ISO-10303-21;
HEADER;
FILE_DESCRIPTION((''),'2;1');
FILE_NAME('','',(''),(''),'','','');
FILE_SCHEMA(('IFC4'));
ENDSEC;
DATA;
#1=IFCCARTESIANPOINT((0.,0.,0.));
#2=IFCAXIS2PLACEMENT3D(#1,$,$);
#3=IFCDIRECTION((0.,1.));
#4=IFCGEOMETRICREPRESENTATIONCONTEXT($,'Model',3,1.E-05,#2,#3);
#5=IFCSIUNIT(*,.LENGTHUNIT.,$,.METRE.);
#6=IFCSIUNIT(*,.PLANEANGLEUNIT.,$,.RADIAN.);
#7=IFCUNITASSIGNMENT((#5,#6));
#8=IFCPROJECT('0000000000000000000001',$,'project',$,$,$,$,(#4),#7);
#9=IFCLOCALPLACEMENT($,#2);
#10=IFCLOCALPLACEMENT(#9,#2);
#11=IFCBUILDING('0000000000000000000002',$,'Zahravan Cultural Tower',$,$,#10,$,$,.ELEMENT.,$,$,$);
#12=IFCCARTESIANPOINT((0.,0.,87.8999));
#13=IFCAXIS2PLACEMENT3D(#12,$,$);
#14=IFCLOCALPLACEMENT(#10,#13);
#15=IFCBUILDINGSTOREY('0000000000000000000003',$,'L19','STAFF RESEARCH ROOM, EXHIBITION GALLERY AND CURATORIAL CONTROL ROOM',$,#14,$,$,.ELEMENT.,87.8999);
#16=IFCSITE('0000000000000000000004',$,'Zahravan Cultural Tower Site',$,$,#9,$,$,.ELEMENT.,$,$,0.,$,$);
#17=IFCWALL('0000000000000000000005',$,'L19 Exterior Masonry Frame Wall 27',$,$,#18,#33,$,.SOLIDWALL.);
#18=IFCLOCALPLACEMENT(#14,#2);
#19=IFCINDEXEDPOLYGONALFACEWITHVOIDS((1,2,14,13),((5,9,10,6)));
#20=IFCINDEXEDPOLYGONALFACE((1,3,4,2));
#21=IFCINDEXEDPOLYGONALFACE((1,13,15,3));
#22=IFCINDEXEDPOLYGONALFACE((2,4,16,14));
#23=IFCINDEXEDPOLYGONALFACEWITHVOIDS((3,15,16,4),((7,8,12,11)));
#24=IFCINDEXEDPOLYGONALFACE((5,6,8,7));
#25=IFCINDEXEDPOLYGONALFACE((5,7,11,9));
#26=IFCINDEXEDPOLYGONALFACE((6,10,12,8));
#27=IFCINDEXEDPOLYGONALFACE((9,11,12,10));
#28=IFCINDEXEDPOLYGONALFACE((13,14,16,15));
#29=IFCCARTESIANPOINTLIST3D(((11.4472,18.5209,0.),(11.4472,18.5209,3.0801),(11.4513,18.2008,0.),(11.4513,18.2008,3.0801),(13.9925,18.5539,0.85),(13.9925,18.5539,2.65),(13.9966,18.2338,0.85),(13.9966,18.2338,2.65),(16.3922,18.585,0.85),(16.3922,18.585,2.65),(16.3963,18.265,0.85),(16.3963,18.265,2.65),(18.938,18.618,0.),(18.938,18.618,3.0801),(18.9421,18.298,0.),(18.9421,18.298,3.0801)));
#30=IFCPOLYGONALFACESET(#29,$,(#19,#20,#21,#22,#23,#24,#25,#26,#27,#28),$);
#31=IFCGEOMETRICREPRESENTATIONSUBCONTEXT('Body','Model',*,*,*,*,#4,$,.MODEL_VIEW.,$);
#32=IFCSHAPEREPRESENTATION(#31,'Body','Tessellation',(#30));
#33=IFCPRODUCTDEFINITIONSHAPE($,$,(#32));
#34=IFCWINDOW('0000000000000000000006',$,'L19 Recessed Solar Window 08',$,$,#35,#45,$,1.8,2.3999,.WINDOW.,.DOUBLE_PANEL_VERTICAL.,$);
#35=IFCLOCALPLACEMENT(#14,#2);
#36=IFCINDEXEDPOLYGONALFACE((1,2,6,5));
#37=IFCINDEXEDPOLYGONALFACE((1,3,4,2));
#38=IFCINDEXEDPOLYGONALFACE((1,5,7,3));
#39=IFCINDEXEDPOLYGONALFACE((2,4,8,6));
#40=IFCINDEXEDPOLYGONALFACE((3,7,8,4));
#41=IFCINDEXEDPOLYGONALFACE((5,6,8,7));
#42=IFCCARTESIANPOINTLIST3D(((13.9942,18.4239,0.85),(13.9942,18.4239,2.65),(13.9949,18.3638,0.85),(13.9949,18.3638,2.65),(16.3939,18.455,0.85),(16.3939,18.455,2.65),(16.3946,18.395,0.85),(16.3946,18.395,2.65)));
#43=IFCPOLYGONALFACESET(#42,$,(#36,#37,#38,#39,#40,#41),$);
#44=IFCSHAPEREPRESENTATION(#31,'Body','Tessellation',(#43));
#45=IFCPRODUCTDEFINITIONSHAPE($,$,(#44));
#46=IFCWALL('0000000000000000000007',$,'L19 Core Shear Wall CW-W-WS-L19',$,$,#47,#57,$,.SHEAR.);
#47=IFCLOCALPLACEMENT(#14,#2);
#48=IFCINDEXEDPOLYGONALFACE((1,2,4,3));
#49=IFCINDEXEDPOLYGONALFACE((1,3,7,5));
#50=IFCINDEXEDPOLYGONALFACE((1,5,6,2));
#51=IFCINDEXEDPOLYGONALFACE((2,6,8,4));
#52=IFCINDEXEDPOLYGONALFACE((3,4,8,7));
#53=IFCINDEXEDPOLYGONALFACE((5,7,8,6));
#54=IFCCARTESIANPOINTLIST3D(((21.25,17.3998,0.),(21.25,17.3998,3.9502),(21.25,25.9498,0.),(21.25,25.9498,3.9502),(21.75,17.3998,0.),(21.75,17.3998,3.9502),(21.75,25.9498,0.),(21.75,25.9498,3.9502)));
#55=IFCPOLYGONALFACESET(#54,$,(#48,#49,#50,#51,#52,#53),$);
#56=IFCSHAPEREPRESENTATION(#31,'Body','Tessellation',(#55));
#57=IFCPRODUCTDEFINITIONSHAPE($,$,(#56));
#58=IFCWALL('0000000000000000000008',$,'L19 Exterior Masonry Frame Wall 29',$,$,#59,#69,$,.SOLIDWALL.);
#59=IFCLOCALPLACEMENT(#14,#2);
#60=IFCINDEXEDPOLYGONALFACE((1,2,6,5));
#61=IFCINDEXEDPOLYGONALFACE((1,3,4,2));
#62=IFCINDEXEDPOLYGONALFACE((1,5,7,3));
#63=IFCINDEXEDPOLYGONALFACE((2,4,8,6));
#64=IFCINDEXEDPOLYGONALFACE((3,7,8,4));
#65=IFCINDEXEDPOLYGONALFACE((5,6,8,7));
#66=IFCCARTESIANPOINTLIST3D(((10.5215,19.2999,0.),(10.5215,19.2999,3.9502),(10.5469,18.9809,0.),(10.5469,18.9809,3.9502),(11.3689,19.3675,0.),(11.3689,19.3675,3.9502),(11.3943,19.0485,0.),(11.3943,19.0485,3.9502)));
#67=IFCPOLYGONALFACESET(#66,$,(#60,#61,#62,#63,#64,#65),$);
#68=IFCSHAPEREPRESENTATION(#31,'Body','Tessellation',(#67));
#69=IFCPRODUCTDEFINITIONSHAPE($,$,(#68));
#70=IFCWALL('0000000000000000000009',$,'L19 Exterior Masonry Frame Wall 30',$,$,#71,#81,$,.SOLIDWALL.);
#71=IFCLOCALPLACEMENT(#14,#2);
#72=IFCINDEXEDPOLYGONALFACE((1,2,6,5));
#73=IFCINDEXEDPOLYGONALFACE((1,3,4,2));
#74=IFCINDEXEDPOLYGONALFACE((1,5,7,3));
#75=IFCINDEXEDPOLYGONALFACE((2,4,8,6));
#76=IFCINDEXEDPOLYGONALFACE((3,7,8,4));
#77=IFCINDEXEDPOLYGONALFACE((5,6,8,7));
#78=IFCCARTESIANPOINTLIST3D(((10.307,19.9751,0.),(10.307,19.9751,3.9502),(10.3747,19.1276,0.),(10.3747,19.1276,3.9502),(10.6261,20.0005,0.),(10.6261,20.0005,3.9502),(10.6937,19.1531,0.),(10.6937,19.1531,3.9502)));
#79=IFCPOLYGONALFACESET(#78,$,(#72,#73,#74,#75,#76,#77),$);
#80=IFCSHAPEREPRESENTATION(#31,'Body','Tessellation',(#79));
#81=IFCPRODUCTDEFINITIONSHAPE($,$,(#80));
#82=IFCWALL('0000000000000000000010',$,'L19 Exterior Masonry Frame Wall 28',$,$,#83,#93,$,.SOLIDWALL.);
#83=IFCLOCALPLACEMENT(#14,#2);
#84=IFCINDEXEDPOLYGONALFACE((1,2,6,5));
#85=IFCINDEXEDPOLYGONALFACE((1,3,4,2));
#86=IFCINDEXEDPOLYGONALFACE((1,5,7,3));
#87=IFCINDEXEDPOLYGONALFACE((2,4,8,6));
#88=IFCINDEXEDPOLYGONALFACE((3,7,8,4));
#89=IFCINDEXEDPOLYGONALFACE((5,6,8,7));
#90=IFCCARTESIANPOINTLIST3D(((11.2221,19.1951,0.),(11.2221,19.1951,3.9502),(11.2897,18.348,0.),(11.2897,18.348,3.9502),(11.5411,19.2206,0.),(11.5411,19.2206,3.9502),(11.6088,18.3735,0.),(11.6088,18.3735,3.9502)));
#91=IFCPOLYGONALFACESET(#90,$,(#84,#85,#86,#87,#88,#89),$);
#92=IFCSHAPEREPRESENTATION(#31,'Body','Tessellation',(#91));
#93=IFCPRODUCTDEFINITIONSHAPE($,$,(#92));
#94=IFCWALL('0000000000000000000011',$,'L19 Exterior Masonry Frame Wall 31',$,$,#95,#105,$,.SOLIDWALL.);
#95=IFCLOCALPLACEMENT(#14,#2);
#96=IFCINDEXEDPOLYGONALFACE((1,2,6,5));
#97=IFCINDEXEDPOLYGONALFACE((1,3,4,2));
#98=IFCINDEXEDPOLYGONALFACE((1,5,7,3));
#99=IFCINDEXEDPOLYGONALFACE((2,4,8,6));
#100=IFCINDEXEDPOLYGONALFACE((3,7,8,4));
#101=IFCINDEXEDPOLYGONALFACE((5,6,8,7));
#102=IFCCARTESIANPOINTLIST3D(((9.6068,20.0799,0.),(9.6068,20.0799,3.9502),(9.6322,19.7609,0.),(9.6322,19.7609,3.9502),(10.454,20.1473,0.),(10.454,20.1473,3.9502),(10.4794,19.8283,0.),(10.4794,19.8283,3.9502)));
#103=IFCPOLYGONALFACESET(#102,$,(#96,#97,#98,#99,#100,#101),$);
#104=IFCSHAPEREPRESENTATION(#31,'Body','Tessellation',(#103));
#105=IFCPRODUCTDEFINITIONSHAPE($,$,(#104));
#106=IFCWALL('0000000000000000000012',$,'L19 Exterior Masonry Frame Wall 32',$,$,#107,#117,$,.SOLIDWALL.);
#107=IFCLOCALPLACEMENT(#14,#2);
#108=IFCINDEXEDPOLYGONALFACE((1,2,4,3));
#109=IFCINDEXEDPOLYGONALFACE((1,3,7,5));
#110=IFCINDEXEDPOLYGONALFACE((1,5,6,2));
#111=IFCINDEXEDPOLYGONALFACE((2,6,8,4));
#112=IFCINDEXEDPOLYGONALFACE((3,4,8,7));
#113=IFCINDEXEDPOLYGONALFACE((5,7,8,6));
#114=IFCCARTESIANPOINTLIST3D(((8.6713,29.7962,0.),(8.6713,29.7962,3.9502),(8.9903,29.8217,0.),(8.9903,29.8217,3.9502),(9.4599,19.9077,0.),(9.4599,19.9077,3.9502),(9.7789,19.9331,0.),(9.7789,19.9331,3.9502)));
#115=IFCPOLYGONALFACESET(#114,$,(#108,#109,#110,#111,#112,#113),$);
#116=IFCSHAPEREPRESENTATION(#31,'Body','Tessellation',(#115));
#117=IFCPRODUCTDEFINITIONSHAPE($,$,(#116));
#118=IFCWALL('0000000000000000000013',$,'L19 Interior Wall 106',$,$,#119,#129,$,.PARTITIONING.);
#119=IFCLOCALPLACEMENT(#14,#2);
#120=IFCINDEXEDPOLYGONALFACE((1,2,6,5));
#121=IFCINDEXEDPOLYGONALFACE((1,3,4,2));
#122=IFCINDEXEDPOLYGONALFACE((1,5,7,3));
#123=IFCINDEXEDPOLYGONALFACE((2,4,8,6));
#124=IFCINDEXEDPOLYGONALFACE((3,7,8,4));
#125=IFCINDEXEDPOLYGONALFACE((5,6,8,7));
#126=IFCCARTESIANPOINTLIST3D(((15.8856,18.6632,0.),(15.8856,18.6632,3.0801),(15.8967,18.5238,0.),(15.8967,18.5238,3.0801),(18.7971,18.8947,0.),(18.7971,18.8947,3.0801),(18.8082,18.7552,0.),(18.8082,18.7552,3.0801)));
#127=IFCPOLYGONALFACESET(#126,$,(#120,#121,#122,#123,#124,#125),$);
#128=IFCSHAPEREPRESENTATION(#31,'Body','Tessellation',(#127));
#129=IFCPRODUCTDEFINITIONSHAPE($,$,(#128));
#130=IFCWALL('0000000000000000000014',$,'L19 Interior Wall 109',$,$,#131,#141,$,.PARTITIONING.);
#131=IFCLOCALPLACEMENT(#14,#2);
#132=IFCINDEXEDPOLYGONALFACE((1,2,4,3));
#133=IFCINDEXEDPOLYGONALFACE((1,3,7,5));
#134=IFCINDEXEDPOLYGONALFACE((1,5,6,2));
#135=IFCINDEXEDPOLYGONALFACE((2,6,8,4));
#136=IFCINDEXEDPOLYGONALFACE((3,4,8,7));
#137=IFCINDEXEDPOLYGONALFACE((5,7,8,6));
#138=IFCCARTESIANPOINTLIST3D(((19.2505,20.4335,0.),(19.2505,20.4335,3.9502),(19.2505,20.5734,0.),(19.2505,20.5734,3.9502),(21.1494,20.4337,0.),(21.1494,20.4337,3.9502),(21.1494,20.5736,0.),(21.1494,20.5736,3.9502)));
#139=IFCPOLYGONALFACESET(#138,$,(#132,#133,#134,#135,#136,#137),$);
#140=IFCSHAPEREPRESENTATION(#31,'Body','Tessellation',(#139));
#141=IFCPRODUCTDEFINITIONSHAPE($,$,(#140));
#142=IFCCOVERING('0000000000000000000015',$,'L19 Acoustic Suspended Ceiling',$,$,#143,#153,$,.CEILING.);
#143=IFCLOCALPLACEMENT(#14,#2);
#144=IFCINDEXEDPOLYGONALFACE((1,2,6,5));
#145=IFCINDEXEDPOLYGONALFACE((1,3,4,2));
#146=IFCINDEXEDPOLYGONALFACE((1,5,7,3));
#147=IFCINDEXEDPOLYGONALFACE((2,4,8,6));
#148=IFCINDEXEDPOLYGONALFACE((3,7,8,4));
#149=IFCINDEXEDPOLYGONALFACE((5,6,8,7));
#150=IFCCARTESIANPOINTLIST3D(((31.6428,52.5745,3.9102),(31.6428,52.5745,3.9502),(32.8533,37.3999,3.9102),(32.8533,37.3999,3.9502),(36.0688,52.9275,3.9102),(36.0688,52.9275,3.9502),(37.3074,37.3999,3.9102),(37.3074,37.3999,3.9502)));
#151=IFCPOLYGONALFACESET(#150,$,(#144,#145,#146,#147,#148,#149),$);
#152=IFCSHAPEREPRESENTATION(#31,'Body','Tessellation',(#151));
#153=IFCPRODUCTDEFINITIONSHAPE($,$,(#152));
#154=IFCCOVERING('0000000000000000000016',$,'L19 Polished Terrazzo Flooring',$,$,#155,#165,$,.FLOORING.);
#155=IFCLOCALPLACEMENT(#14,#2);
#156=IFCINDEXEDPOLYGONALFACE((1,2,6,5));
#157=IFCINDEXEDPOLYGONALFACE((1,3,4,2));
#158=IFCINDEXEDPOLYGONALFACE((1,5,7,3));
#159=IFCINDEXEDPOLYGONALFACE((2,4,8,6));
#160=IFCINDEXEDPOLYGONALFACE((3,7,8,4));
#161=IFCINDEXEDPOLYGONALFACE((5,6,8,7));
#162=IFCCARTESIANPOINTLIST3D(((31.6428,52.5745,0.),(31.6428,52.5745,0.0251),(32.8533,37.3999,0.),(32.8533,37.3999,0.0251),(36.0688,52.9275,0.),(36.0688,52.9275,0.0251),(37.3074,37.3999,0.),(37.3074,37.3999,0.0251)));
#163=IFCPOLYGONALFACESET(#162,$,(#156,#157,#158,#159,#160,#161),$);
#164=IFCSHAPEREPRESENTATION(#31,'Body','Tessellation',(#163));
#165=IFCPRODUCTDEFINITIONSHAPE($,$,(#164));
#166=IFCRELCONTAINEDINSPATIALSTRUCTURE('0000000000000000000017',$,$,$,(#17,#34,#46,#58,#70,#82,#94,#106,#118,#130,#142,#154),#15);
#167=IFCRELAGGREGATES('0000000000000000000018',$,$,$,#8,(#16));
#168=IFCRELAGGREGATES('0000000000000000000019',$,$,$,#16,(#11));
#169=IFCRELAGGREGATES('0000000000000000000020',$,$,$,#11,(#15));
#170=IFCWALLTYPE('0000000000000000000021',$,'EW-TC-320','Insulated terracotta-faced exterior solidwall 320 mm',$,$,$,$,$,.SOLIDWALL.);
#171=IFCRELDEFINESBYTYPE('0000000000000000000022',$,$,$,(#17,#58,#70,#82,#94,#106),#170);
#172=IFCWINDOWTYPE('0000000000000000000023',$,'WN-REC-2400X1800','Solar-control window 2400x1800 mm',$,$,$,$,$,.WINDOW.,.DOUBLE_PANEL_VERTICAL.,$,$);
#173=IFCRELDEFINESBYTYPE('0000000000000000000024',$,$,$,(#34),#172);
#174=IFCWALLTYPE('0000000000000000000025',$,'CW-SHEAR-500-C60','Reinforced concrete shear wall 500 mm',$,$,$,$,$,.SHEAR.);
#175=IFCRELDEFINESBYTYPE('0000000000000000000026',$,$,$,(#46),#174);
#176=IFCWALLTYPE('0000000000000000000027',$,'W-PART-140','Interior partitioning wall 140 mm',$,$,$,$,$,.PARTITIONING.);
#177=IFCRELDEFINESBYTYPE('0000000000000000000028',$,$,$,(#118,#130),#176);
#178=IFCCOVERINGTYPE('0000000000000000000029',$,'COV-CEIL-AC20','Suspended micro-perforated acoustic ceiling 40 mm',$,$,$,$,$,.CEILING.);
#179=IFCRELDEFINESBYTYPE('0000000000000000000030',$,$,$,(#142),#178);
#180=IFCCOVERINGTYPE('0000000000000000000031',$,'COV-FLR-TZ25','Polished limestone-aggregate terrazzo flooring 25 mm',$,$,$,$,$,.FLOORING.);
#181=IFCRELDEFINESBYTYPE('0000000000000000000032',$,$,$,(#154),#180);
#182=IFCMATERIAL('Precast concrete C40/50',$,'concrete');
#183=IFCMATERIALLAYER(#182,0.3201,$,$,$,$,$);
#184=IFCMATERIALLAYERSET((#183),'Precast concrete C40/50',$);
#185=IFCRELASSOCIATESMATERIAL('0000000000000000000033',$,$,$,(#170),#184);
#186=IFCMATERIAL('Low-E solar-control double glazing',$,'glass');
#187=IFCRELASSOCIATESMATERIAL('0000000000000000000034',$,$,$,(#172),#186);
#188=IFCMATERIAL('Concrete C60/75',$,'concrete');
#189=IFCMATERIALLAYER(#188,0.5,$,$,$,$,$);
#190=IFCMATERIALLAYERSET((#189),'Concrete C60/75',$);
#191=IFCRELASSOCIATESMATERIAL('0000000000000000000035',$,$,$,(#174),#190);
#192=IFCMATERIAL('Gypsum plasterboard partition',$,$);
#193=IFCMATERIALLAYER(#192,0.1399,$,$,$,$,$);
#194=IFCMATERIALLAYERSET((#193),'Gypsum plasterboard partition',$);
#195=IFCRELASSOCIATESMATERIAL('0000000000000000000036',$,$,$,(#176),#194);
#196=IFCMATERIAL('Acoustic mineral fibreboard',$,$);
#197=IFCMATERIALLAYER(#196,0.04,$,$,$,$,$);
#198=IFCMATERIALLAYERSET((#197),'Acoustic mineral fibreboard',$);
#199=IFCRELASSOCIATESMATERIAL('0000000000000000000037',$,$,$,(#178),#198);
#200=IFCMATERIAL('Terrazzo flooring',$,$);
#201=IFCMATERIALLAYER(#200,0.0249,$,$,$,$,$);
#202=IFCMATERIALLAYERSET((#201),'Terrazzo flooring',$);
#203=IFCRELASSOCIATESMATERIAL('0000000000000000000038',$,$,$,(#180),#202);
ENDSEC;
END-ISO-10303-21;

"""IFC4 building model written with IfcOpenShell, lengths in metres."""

from ifc_helpers import new_model, si_unit, direction, frame, frame_2d, origin, place, context, subcontext, project, spatial, polyline, rectangle, outline, extrude, source, transform, mapped, material, layer, layer_set, type_object, element, fill, save


model = new_model("IFC4")

# Units and contexts
model_context = context("Model", 3, precision=1e-05, world=origin(), true_north=direction((0.0, 1.0)))
body_context = subcontext(model_context, "Body", "Model", "MODEL_VIEW")
ifc_project = project(units=[si_unit("LENGTHUNIT", "METRE"), si_unit("PLANEANGLEUNIT", "RADIAN")], contexts=[model_context])

# Site, building, storey
site_placement = place(None, origin())
site = spatial("IfcSite", under=ifc_project, at=site_placement, Name="Zahravan Cultural Tower Site", CompositionType="ELEMENT", RefElevation=0.0)
building_placement = place(site_placement, origin())
building = spatial("IfcBuilding", under=site, at=building_placement, Name="Zahravan Cultural Tower", CompositionType="ELEMENT")
storey_placement = place(building_placement, frame((0.0, 0.0, 87.8999)))
storey = spatial("IfcBuildingStorey", under=building, at=storey_placement, Name="L19", Description="STAFF RESEARCH ROOM, EXHIBITION GALLERY AND CURATORIAL CONTROL ROOM", CompositionType="ELEMENT", Elevation=87.8999)

# Shared definitions
ifc_material_1 = material(Name="Concrete C60/75", Category="concrete")

# Wall, opening, window
ifc_material_2 = material(Name="Precast concrete C40/50", Category="concrete")
ifc_layer_1 = layer(ifc_material_2, 0.3201)
ifc_layer_set_1 = layer_set([ifc_layer_1], Name="Precast concrete C40/50")
wall_type_1 = type_object("IfcWallType", Name="EW-TC-320", Description="Insulated terracotta-faced exterior solidwall 320 mm", PredefinedType="SOLIDWALL", material=ifc_layer_set_1)
wall_1_placement = place(storey_placement, frame((18.9399, 18.458, 0.0), z_axis=(0.0, 0.0, 1.0), x_axis=(-0.999916, -0.012971, 0.0)))
wall_1 = element("IfcWall", 1, at=wall_1_placement, inside=storey, type_object=wall_type_1, Name="L19 Exterior Masonry Frame Wall 27", PredefinedType="SOLIDWALL", context=body_context, shape_type="SweptSolid", body=[
    extrude(rectangle(XDim=7.4915, YDim=0.3201, at=frame_2d((3.7456, 0.0))), origin(), (0.0, 0.0, 1.0), 3.0801),
])
opening_placement = place(wall_1_placement, frame((2.5459, 0.0, 0.8501)))
opening = element("IfcOpeningElement", 2, at=opening_placement, cuts=wall_1, PredefinedType="OPENING", context=body_context, shape_type="SweptSolid", body=[
    extrude(rectangle(XDim=2.3999, YDim=1.8, at=frame_2d((1.2, 0.8999))), frame((0.0, 0.1699, 0.0), z_axis=(0.0, -1.0, 0.0), x_axis=(1.0, 0.0, 0.0)), (0.0, 0.0, 1.0), 0.3401),
])
ifc_material_3 = material(Name="Low-E solar-control double glazing", Category="glass")
window_type = type_object("IfcWindowType", Name="WN-REC-2400X1800", Description="Solar-control window 2400x1800 mm", PartitioningType="DOUBLE_PANEL_VERTICAL", PredefinedType="WINDOW", material=ifc_material_3)
shared_shape_1 = source(origin(), body_context, "Body", "SweptSolid", [
    extrude(rectangle(XDim=2.3999, YDim=1.8, at=frame_2d((1.2, 0.8999))), frame((0.0, 0.03, 0.0), z_axis=(0.0, -1.0, 0.0), x_axis=(1.0, 0.0, 0.0)), (0.0, 0.0, 1.0), 0.0601),
])
window_placement = place(opening_placement, origin())
window = element("IfcWindow", 3, at=window_placement, inside=storey, type_object=window_type, Name="L19 Recessed Solar Window 08", OverallHeight=1.8, OverallWidth=2.3999, PartitioningType="DOUBLE_PANEL_VERTICAL", PredefinedType="WINDOW", context=body_context, shape_type="MappedRepresentation", body=[
    mapped(shared_shape_1, transform((0.0, 0.0, 0.0), x_axis=(1.0, 0.0, 0.0), y_axis=(0.0, 1.0, 0.0), z_axis=(0.0, 0.0, 1.0), scale=1.0)),
])
fill(opening, window)

# Walls
ifc_layer_2 = layer(ifc_material_1, 0.5)
ifc_layer_set_2 = layer_set([ifc_layer_2], Name="Concrete C60/75")
wall_type_2 = type_object("IfcWallType", Name="CW-SHEAR-500-C60", Description="Reinforced concrete shear wall 500 mm", PredefinedType="SHEAR", material=ifc_layer_set_2)
shared_shape_2 = source(origin(), body_context, "Body", "SweptSolid", [
    extrude(rectangle(XDim=8.55, YDim=0.5, at=frame_2d((4.2749, 0.0))), origin(), (0.0, 0.0, 1.0), 3.9502),
])
wall_2_placement = place(storey_placement, frame((21.5, 17.3999, 0.0), z_axis=(0.0, 0.0, 1.0), x_axis=(0.0, 1.0, 0.0)))
element("IfcWall", 4, at=wall_2_placement, inside=storey, type_object=wall_type_2, Name="L19 Core Shear Wall CW-W-WS-L19", PredefinedType="SHEAR", context=body_context, shape_type="MappedRepresentation", body=[
    mapped(shared_shape_2, transform((0.0, 0.0, 0.0), x_axis=(1.0, 0.0, 0.0), y_axis=(0.0, 1.0, 0.0), z_axis=(0.0, 0.0, 1.0), scale=1.0)),
])
shared_shape_3 = source(origin(), body_context, "Body", "SweptSolid", [
    extrude(rectangle(XDim=0.8501, YDim=0.3201, at=frame_2d((0.425, 0.0))), origin(), (0.0, 0.0, 1.0), 3.9502),
])
for number, where, z_axis, x_axis, name in (
    (5, (11.3816, 19.208, 0.0), (0.0, 0.0, 1.0), (-0.996831, -0.079551, 0.0), "L19 Exterior Masonry Frame Wall 29"),
    (6, (10.5342, 19.1404, 0.0), (0.0, 0.0, 1.0), (-0.079551, 0.996831, 0.0), "L19 Exterior Masonry Frame Wall 30"),
):
    element("IfcWall", number, at=place(storey_placement, frame(where, z_axis=z_axis, x_axis=x_axis)), inside=storey, type_object=wall_type_1, Name=name, PredefinedType="SOLIDWALL", context=body_context, shape_type="MappedRepresentation", body=[
        mapped(shared_shape_3, transform((0.0, 0.0, 0.0), x_axis=(1.0, 0.0, 0.0), y_axis=(0.0, 1.0, 0.0), z_axis=(0.0, 0.0, 1.0), scale=1.0)),
    ])
shared_shape_4 = source(origin(), body_context, "Body", "SweptSolid", [
    extrude(rectangle(XDim=0.8499, YDim=0.3201, at=frame_2d((0.4248, 0.0))), origin(), (0.0, 0.0, 1.0), 3.9502),
])
for number, where, z_axis, x_axis, name in (
    (7, (11.4492, 18.3608, 0.0), (0.0, 0.0, 1.0), (-0.079574, 0.996829, 0.0), "L19 Exterior Masonry Frame Wall 28"),
    (8, (10.4666, 19.9878, 0.0), (0.0, 0.0, 1.0), (-0.996852, -0.079288, 0.0), "L19 Exterior Masonry Frame Wall 31"),
):
    element("IfcWall", number, at=place(storey_placement, frame(where, z_axis=z_axis, x_axis=x_axis)), inside=storey, type_object=wall_type_1, Name=name, PredefinedType="SOLIDWALL", context=body_context, shape_type="MappedRepresentation", body=[
        mapped(shared_shape_4, transform((0.0, 0.0, 0.0), x_axis=(1.0, 0.0, 0.0), y_axis=(0.0, 1.0, 0.0), z_axis=(0.0, 0.0, 1.0), scale=1.0)),
    ])
shared_shape_5 = source(origin(), body_context, "Body", "SweptSolid", [
    extrude(rectangle(XDim=9.9199, YDim=0.3201, at=frame_2d((4.96, 0.0))), origin(), (0.0, 0.0, 1.0), 3.9502),
])
wall_3_placement = place(storey_placement, frame((9.6194, 19.9204, 0.0), z_axis=(0.0, 0.0, 1.0), x_axis=(-0.079495, 0.996835, 0.0)))
element("IfcWall", 9, at=wall_3_placement, inside=storey, type_object=wall_type_1, Name="L19 Exterior Masonry Frame Wall 32", PredefinedType="SOLIDWALL", context=body_context, shape_type="MappedRepresentation", body=[
    mapped(shared_shape_5, transform((0.0, 0.0, 0.0), x_axis=(1.0, 0.0, 0.0), y_axis=(0.0, 1.0, 0.0), z_axis=(0.0, 0.0, 1.0), scale=1.0)),
])
ifc_material_4 = material(Name="Gypsum plasterboard partition")
ifc_layer_3 = layer(ifc_material_4, 0.1399)
ifc_layer_set_3 = layer_set([ifc_layer_3], Name="Gypsum plasterboard partition")
wall_type_3 = type_object("IfcWallType", Name="W-PART-140", Description="Interior partitioning wall 140 mm", PredefinedType="PARTITIONING", material=ifc_layer_set_3)
shared_shape_6 = source(origin(), body_context, "Body", "SweptSolid", [
    extrude(rectangle(XDim=2.9207, YDim=0.1399, at=frame_2d((1.4604, 0.0))), origin(), (0.0, 0.0, 1.0), 3.0801),
])
wall_4_placement = place(storey_placement, frame((18.8027, 18.825, 0.0), z_axis=(0.0, 0.0, 1.0), x_axis=(-0.996855, -0.079247, 0.0)))
element("IfcWall", 10, at=wall_4_placement, inside=storey, type_object=wall_type_3, Name="L19 Interior Wall 106", PredefinedType="PARTITIONING", context=body_context, shape_type="MappedRepresentation", body=[
    mapped(shared_shape_6, transform((0.0, 0.0, 0.0), x_axis=(1.0, 0.0, 0.0), y_axis=(0.0, 1.0, 0.0), z_axis=(0.0, 0.0, 1.0), scale=1.0)),
])
shared_shape_7 = source(origin(), body_context, "Body", "SweptSolid", [
    extrude(rectangle(XDim=1.8989, YDim=0.1399, at=frame_2d((0.9495, 0.0))), origin(), (0.0, 0.0, 1.0), 3.9502),
])
wall_5_placement = place(storey_placement, frame((19.2505, 20.5034, 0.0), z_axis=(0.0, 0.0, 1.0), x_axis=(1.0, 0.000129, 0.0)))
element("IfcWall", 11, at=wall_5_placement, inside=storey, type_object=wall_type_3, Name="L19 Interior Wall 109", PredefinedType="PARTITIONING", context=body_context, shape_type="MappedRepresentation", body=[
    mapped(shared_shape_7, transform((0.0, 0.0, 0.0), x_axis=(1.0, 0.0, 0.0), y_axis=(0.0, 1.0, 0.0), z_axis=(0.0, 0.0, 1.0), scale=1.0)),
])

# Coverings
ifc_material_5 = material(Name="Acoustic mineral fibreboard")
ifc_layer_4 = layer(ifc_material_5, 0.04)
ifc_layer_set_4 = layer_set([ifc_layer_4], Name="Acoustic mineral fibreboard")
covering_type_1 = type_object("IfcCoveringType", Name="COV-CEIL-AC20", Description="Suspended micro-perforated acoustic ceiling 40 mm", PredefinedType="CEILING", material=ifc_layer_set_4)
covering_1_placement = place(storey_placement, frame((0.0, 0.0, 3.9102)))
element("IfcCovering", 12, at=covering_1_placement, inside=storey, type_object=covering_type_1, Name="L19 Acoustic Suspended Ceiling", PredefinedType="CEILING", context=body_context, shape_type="SweptSolid", body=[
    extrude(outline(polyline([(31.6428, 52.5745), (32.8533, 37.3999), (37.3074, 37.3999), (36.0688, 52.9275), (31.6428, 52.5745)])), origin(), (0.0, 0.0, 1.0), 0.04),
])
ifc_material_6 = material(Name="Terrazzo flooring")
ifc_layer_5 = layer(ifc_material_6, 0.0249)
ifc_layer_set_5 = layer_set([ifc_layer_5], Name="Terrazzo flooring")
covering_type_2 = type_object("IfcCoveringType", Name="COV-FLR-TZ25", Description="Polished limestone-aggregate terrazzo flooring 25 mm", PredefinedType="FLOORING", material=ifc_layer_set_5)
covering_2_placement = place(storey_placement, origin())
element("IfcCovering", 13, at=covering_2_placement, inside=storey, type_object=covering_type_2, Name="L19 Polished Terrazzo Flooring", PredefinedType="FLOORING", context=body_context, shape_type="SweptSolid", body=[
    extrude(outline(polyline([(31.6428, 52.5745), (32.8533, 37.3999), (37.3074, 37.3999), (36.0688, 52.9275), (31.6428, 52.5745)])), origin(), (0.0, 0.0, 1.0), 0.0251),
])

save(model, "model.ifc")
